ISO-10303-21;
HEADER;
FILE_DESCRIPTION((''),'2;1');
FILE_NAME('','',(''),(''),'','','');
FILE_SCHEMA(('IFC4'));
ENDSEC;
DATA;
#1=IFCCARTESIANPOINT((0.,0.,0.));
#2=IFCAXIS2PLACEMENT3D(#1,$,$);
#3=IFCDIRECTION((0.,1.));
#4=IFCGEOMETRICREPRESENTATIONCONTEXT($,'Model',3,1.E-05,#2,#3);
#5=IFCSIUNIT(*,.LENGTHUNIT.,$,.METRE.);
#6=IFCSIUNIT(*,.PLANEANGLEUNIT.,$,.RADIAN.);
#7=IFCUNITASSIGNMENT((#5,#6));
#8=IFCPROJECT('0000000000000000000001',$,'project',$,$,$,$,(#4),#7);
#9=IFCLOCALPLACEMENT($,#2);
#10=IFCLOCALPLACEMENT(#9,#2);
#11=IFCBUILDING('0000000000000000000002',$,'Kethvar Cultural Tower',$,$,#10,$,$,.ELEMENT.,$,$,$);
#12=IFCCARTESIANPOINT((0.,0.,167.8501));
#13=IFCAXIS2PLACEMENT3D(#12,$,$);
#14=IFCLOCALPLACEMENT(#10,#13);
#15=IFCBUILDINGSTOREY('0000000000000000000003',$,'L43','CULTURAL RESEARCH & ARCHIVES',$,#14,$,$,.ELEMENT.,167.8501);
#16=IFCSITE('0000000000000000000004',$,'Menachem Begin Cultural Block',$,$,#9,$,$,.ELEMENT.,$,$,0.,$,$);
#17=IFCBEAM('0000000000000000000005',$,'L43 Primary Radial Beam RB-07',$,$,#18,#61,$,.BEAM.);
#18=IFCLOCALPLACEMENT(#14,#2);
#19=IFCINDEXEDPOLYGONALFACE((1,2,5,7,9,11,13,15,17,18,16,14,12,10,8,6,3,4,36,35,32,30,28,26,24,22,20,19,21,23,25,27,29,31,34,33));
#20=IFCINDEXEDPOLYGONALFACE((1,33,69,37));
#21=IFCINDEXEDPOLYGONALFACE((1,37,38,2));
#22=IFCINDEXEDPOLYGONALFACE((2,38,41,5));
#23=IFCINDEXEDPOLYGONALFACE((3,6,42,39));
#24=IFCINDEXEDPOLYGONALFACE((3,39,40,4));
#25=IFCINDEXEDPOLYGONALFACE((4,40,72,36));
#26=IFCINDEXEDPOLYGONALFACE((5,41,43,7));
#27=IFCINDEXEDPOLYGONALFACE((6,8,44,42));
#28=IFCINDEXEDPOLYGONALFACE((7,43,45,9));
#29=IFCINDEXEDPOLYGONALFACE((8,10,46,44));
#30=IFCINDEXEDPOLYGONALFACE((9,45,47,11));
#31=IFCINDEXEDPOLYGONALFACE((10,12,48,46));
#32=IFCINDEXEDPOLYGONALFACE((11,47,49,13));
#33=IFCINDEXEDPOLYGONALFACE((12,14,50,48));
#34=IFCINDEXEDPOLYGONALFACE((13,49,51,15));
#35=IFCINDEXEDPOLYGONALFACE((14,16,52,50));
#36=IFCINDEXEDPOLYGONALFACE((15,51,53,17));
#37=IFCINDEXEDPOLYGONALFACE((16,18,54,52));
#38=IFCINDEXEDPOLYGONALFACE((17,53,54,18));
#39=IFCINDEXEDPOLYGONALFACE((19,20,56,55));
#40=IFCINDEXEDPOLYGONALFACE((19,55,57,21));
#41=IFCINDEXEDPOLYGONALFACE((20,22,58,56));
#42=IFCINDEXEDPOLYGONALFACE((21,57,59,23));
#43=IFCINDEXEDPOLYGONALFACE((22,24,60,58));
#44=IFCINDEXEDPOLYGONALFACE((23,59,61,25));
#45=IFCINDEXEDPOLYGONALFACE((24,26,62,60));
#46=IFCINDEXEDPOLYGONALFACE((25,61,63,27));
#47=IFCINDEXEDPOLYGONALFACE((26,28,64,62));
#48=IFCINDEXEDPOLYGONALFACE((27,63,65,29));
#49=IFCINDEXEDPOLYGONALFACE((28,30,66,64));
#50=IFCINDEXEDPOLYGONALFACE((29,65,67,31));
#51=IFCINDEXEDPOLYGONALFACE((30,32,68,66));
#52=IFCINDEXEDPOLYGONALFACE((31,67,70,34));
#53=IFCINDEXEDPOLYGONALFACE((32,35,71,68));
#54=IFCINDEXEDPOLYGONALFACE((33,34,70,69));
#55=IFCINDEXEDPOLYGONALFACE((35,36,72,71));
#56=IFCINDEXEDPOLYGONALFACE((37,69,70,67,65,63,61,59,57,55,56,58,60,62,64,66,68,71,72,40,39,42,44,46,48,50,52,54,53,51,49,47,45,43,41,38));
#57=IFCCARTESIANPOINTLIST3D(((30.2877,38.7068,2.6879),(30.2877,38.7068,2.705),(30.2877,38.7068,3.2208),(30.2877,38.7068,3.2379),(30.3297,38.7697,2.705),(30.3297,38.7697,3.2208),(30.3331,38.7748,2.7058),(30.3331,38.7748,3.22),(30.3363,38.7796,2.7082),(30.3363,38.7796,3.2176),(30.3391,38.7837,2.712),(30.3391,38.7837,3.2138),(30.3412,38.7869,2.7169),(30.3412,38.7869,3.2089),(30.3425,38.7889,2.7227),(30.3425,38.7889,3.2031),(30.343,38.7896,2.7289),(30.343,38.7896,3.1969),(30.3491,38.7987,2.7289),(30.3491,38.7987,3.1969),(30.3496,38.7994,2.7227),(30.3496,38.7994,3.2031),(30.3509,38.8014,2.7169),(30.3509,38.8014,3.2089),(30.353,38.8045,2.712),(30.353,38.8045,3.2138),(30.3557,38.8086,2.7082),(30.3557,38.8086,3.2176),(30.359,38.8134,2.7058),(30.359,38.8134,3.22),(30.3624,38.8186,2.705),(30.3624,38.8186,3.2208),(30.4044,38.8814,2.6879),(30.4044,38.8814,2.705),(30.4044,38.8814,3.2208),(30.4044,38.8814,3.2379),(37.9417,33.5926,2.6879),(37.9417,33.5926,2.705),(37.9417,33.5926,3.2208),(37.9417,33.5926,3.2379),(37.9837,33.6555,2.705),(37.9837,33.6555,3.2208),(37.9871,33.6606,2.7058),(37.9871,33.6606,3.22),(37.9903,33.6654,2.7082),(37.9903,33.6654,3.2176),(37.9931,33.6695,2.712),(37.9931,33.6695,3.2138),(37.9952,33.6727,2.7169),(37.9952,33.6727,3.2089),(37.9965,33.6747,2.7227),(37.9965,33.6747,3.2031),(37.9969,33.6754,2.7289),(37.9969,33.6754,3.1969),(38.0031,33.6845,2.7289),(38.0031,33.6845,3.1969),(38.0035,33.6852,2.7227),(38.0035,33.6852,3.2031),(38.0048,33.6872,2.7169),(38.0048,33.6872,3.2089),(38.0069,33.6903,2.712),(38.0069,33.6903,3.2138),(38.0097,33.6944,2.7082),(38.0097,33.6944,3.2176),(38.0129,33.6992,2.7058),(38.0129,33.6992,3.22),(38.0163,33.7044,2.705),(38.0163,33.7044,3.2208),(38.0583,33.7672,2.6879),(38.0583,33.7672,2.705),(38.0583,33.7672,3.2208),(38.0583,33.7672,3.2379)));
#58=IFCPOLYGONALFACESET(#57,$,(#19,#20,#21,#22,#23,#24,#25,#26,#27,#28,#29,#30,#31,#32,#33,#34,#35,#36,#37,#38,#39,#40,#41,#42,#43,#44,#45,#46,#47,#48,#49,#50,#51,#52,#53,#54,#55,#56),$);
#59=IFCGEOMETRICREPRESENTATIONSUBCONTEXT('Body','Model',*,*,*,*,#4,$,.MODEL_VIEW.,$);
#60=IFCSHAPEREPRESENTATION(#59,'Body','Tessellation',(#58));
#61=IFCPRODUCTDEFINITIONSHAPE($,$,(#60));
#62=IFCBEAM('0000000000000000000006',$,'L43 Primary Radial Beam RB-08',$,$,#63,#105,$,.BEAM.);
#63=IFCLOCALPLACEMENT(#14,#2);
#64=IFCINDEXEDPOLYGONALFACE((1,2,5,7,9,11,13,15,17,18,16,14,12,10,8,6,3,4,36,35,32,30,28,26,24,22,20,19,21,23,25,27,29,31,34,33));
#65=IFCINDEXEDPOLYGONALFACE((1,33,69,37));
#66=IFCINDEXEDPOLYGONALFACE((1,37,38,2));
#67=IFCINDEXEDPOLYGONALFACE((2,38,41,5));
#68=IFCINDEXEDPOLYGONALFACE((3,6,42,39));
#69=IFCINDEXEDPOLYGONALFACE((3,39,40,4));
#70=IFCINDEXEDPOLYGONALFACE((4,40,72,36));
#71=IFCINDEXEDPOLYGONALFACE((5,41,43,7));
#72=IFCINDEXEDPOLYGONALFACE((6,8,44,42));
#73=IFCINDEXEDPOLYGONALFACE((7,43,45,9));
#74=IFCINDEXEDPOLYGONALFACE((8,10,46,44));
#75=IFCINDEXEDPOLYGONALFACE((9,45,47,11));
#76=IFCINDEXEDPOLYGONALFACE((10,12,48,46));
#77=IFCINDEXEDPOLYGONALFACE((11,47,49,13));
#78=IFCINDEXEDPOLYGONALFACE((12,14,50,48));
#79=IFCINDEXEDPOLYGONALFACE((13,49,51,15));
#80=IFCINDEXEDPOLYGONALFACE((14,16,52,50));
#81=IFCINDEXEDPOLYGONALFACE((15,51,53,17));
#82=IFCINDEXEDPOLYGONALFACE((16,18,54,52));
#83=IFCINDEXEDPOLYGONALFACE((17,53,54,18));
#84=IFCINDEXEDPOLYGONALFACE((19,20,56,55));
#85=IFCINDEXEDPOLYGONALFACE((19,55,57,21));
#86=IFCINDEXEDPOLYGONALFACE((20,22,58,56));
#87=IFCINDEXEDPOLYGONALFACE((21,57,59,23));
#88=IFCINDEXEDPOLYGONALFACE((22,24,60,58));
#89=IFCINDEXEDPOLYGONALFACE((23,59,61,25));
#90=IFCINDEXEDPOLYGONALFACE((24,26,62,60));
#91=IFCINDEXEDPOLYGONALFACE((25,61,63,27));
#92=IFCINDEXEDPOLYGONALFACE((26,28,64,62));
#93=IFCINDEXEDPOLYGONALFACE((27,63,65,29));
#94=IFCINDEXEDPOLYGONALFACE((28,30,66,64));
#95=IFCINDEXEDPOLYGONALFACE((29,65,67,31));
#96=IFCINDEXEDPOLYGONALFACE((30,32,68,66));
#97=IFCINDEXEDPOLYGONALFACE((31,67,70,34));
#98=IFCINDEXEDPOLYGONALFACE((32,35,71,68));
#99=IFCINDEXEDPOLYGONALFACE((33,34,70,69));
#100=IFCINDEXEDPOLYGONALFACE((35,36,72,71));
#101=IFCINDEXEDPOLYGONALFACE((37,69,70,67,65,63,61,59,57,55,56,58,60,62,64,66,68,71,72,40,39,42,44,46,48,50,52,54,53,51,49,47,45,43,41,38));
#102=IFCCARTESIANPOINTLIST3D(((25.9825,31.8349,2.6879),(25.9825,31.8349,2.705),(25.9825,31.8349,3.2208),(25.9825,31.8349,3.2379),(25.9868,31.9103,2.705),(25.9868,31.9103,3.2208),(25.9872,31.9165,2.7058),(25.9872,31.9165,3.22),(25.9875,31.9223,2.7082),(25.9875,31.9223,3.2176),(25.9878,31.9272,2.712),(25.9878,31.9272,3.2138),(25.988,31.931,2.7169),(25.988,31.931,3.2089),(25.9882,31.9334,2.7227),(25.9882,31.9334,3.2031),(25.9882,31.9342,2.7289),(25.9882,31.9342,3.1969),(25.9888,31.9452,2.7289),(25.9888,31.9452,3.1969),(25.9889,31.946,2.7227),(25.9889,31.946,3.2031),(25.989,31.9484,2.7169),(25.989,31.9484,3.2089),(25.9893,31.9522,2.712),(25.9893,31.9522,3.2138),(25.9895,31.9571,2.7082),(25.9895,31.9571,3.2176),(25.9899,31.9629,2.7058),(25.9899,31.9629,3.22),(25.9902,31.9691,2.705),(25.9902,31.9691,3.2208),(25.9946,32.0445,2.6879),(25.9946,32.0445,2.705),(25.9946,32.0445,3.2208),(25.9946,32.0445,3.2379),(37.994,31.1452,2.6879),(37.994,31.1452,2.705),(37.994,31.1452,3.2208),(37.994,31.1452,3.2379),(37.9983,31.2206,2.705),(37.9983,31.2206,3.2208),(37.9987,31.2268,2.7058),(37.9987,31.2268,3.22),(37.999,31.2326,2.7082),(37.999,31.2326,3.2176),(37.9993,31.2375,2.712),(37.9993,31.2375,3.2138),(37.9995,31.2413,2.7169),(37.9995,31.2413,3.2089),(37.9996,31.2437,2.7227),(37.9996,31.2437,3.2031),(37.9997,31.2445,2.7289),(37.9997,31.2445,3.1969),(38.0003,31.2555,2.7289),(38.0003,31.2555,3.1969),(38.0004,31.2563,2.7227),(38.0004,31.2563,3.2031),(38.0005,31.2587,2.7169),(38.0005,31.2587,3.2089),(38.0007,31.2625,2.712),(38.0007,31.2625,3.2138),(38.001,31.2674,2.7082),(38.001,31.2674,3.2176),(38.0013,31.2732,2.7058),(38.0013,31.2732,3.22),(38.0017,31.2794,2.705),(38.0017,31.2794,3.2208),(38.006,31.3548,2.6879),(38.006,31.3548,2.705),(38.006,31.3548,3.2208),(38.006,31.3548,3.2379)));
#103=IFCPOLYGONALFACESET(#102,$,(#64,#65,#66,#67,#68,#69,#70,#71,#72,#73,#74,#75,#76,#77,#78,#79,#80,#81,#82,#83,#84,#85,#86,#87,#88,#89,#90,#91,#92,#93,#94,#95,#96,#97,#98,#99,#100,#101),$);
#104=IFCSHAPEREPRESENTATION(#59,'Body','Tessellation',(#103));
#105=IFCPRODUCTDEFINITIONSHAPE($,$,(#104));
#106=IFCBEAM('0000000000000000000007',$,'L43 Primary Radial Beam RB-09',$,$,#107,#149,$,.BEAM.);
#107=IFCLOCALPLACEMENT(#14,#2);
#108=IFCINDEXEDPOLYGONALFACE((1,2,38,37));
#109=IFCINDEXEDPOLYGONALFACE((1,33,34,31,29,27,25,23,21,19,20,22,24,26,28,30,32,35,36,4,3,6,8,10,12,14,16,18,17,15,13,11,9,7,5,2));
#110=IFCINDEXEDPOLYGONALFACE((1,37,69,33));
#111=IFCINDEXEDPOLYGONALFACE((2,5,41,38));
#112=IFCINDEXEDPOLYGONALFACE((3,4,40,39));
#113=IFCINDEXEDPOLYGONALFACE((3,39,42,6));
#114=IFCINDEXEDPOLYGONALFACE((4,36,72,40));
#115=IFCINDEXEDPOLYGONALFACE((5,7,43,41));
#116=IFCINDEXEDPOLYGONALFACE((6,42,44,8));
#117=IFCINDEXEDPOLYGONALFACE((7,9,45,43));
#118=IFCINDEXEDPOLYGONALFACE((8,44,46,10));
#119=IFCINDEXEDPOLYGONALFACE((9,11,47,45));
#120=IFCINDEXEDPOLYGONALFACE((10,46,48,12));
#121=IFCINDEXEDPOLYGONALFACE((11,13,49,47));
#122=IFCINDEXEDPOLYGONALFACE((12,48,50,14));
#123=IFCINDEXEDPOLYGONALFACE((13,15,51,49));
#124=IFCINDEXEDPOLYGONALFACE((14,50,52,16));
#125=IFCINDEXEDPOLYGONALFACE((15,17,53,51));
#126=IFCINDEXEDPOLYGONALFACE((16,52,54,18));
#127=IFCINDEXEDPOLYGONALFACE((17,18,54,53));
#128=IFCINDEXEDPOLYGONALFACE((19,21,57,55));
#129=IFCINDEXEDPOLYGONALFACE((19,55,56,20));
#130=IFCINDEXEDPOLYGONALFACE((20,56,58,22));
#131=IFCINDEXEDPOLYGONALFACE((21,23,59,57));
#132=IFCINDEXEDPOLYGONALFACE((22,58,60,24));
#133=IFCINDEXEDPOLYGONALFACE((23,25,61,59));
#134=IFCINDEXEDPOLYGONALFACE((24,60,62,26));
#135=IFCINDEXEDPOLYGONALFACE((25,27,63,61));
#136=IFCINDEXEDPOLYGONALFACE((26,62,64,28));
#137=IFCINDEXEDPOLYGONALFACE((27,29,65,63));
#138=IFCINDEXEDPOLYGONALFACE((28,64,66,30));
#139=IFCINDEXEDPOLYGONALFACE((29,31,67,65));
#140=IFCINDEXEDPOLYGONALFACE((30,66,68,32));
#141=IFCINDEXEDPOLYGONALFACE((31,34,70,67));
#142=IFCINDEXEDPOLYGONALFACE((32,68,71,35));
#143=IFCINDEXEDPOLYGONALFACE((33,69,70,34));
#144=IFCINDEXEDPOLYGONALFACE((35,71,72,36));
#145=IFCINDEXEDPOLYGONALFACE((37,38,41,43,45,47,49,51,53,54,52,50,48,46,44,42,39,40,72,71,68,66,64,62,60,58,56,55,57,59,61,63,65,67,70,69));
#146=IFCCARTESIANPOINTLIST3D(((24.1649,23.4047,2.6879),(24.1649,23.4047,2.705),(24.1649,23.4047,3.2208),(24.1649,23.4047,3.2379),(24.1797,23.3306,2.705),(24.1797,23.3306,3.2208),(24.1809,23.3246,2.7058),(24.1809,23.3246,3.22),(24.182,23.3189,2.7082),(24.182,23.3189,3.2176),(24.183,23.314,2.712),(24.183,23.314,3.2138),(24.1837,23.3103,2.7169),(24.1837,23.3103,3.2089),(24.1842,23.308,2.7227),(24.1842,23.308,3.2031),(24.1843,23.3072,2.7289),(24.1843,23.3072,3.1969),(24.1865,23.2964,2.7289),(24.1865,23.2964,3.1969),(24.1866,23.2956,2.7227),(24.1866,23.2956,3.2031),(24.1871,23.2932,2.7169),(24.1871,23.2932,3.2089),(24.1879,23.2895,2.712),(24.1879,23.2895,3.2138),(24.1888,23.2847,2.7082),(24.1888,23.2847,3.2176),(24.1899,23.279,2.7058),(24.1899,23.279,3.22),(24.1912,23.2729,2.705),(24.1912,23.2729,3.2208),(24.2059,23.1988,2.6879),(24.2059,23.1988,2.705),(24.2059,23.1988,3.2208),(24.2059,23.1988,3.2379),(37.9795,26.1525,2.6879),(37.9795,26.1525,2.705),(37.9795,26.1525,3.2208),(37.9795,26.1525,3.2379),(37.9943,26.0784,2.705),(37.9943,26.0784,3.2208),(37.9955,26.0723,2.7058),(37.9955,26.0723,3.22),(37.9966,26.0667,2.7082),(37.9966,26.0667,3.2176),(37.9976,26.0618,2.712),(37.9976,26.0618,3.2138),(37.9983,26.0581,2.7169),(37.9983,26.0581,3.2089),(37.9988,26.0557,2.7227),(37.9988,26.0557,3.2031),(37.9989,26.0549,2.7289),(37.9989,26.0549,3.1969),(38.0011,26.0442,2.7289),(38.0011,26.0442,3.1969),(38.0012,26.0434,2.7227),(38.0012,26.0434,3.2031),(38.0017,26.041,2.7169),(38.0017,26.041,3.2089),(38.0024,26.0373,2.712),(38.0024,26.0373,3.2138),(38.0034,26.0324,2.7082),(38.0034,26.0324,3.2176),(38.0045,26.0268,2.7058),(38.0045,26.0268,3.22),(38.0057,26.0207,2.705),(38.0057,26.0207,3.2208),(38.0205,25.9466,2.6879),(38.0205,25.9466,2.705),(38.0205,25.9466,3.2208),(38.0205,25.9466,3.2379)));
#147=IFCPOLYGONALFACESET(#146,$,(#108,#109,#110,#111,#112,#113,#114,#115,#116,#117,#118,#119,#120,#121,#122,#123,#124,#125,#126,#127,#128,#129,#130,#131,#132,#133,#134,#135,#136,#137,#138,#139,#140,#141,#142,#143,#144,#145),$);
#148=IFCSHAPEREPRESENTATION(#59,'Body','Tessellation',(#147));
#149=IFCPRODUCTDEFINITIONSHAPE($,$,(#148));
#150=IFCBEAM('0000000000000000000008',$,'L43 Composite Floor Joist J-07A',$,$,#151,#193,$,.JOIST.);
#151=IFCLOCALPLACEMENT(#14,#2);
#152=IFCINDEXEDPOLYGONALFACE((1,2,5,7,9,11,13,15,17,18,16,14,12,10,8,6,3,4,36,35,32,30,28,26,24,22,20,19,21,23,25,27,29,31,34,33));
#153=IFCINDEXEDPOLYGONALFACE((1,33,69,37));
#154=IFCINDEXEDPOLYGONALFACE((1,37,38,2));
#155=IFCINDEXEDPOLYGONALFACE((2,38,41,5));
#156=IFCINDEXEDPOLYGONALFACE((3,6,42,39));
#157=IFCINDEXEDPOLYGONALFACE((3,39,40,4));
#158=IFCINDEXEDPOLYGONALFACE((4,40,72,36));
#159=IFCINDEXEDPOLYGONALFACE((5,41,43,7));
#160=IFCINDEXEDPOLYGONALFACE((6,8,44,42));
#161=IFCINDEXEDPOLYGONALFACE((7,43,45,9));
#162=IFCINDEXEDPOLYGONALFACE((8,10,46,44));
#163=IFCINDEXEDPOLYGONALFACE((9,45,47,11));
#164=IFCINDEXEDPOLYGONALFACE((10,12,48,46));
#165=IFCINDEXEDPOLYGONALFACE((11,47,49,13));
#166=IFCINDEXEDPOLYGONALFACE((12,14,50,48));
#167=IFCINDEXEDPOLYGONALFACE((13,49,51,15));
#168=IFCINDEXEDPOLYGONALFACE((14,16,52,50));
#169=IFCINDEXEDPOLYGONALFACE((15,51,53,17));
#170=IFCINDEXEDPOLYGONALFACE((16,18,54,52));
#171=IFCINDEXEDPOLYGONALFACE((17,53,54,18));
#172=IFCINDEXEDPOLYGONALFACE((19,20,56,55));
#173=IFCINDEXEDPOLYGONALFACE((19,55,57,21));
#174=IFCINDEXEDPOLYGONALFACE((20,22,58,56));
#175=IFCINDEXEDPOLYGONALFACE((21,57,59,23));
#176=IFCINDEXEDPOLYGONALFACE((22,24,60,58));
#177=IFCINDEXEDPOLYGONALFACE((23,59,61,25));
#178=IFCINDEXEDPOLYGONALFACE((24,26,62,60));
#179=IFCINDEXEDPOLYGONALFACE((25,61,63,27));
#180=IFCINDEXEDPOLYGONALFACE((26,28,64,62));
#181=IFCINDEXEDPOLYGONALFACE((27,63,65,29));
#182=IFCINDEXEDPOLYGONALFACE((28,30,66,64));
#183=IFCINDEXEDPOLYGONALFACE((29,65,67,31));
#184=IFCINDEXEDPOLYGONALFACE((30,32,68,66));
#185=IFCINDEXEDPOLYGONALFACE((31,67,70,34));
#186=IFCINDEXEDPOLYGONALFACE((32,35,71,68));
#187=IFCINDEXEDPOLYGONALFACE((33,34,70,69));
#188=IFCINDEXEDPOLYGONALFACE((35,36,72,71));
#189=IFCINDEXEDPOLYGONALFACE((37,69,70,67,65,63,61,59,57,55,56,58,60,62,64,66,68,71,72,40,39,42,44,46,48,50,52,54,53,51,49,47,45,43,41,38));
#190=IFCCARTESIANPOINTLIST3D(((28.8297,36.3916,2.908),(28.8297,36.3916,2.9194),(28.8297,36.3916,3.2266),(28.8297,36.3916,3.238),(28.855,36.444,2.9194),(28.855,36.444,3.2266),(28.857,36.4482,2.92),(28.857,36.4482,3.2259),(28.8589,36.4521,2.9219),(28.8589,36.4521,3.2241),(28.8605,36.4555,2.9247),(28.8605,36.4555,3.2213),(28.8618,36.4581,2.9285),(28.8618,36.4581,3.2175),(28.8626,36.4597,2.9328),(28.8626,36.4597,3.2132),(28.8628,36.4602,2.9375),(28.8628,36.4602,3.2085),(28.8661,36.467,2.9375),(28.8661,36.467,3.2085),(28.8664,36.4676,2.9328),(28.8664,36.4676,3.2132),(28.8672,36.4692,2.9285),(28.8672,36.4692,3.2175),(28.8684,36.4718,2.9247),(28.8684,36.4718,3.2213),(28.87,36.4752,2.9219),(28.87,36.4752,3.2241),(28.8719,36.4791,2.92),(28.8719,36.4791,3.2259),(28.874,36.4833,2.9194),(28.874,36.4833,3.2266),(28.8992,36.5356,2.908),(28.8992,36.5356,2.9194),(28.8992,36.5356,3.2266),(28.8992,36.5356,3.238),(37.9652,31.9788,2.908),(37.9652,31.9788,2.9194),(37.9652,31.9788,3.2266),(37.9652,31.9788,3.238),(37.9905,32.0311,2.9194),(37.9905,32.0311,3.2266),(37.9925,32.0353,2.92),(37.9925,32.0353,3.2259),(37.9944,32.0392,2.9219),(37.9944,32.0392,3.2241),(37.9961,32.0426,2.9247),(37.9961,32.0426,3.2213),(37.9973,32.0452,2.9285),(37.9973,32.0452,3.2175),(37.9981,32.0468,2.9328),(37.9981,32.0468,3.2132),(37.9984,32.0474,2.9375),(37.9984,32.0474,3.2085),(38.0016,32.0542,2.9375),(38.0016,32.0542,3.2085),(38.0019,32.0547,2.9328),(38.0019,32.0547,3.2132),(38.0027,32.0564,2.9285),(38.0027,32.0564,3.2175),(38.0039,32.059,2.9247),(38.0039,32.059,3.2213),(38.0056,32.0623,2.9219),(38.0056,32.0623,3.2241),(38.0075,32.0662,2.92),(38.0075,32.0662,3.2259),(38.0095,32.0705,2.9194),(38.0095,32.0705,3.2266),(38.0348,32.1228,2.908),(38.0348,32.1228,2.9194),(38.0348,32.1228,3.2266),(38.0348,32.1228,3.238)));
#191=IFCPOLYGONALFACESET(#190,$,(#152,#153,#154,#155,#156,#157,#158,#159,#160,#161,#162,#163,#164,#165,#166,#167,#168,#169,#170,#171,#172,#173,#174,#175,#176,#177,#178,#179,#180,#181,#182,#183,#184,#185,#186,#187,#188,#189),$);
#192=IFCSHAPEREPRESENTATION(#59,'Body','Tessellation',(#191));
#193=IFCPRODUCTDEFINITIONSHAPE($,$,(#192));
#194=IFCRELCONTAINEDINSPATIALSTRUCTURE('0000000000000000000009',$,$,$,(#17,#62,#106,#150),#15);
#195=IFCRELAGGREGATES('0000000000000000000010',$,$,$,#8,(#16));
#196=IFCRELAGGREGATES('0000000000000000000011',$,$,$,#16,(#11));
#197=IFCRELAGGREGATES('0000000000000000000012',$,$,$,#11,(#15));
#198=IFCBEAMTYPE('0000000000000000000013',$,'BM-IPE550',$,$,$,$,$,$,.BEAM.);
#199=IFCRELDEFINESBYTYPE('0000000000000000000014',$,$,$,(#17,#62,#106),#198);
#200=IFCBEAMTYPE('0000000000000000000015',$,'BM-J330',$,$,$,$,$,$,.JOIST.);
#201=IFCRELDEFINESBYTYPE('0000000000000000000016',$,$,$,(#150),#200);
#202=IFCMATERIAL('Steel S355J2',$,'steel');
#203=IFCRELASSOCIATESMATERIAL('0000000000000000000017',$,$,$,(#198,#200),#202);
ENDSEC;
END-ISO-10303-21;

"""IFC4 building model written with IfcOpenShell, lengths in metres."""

from ifc_helpers import new_model, si_unit, direction, frame, origin, origin_2d, place, context, subcontext, project, spatial, i_section, extrude, source, transform, mapped, material, material_profile, profile_set, type_object, element, save


model = new_model("IFC4")

# Units and contexts
model_context = context("Model", 3, precision=1e-05, world=origin(), true_north=direction((0.0, 1.0)))
body_context = subcontext(model_context, "Body", "Model", "MODEL_VIEW")
ifc_project = project(units=[si_unit("LENGTHUNIT", "METRE"), si_unit("PLANEANGLEUNIT", "RADIAN")], contexts=[model_context])

# Site, building, storey
site_placement = place(None, origin())
site = spatial("IfcSite", under=ifc_project, at=site_placement, Name="Menachem Begin Cultural Block", CompositionType="ELEMENT", RefElevation=0.0)
building_placement = place(site_placement, origin())
building = spatial("IfcBuilding", under=site, at=building_placement, Name="Kethvar Cultural Tower", CompositionType="ELEMENT")
storey_placement = place(building_placement, frame((0.0, 0.0, 167.8501)))
storey = spatial("IfcBuildingStorey", under=building, at=storey_placement, Name="L43", Description="CULTURAL RESEARCH & ARCHIVES", CompositionType="ELEMENT", Elevation=167.8501)

# Beams
ifc_material_1 = material(Name="Steel S355J2", Category="steel")
ifc_material_profile_1 = material_profile(ifc_material_1, i_section(OverallWidth=0.21, OverallDepth=0.55, WebThickness=0.011, FlangeThickness=0.0171, FilletRadius=0.0239, at=origin_2d()), Name="Steel S355J2 — IPE550")
ifc_profile_set_1 = profile_set([ifc_material_profile_1], Name="Steel S355J2 — IPE550")
beam_type_1 = type_object("IfcBeamType", Name="BM-IPE550", PredefinedType="BEAM", material=ifc_profile_set_1)
shared_shape_1 = source(origin(), body_context, "Body", "SweptSolid", [
    extrude(i_section(OverallWidth=0.21, OverallDepth=0.55, WebThickness=0.011, FlangeThickness=0.0171, FilletRadius=0.0239, at=origin_2d()), origin(), (0.0, 0.0, 1.0), 9.2053),
])
beam_1_placement = place(storey_placement, frame((38.0, 33.6799, 2.9629), z_axis=(-0.83147, 0.555569, 0.0), x_axis=(-0.555569, -0.83147, 0.0)))
element("IfcBeam", 1, at=beam_1_placement, inside=storey, type_object=beam_type_1, Name="L43 Primary Radial Beam RB-07", PredefinedType="BEAM", context=body_context, shape_type="MappedRepresentation", body=[
    mapped(shared_shape_1, transform((0.0, 0.0, 0.0), scale=1.0)),
])
shared_shape_2 = source(origin(), body_context, "Body", "SweptSolid", [
    extrude(i_section(OverallWidth=0.21, OverallDepth=0.55, WebThickness=0.011, FlangeThickness=0.0171, FilletRadius=0.0239, at=origin_2d()), origin(), (0.0, 0.0, 1.0), 12.0312),
])
beam_2_placement = place(storey_placement, frame((38.0, 31.25, 2.9629), z_axis=(-0.998356, 0.057325, 0.0), x_axis=(-0.057325, -0.998356, 0.0)))
element("IfcBeam", 2, at=beam_2_placement, inside=storey, type_object=beam_type_1, Name="L43 Primary Radial Beam RB-08", PredefinedType="BEAM", context=body_context, shape_type="MappedRepresentation", body=[
    mapped(shared_shape_2, transform((0.0, 0.0, 0.0), scale=1.0)),
])
shared_shape_3 = source(origin(), body_context, "Body", "SweptSolid", [
    extrude(i_section(OverallWidth=0.21, OverallDepth=0.55, WebThickness=0.011, FlangeThickness=0.0171, FilletRadius=0.0239, at=origin_2d()), origin(), (0.0, 0.0, 1.0), 14.0852),
])
beam_3_placement = place(storey_placement, frame((38.0, 26.0496, 2.9629), z_axis=(-0.980787, -0.195083, 0.0), x_axis=(0.195083, -0.980787, 0.0)))
element("IfcBeam", 3, at=beam_3_placement, inside=storey, type_object=beam_type_1, Name="L43 Primary Radial Beam RB-09", PredefinedType="BEAM", context=body_context, shape_type="MappedRepresentation", body=[
    mapped(shared_shape_3, transform((0.0, 0.0, 0.0), scale=1.0)),
])
ifc_material_profile_2 = material_profile(ifc_material_1, i_section(OverallWidth=0.1599, OverallDepth=0.3301, WebThickness=0.0076, FlangeThickness=0.0115, FilletRadius=0.0181, at=origin_2d()), Name="Steel S355J2 — IPE330")
ifc_profile_set_2 = profile_set([ifc_material_profile_2], Name="Steel S355J2 — IPE330")
beam_type_2 = type_object("IfcBeamType", Name="BM-J330", PredefinedType="JOIST", material=ifc_profile_set_2)
shared_shape_4 = source(origin(), body_context, "Body", "SweptSolid", [
    extrude(i_section(OverallWidth=0.1599, OverallDepth=0.3301, WebThickness=0.0076, FlangeThickness=0.0115, FilletRadius=0.0181, at=origin_2d()), origin(), (0.0, 0.0, 1.0), 10.1455),
])
beam_4_placement = place(storey_placement, frame((38.0, 32.0508, 3.073), z_axis=(-0.900451, 0.434957, 0.0), x_axis=(-0.434957, -0.900451, 0.0)))
element("IfcBeam", 4, at=beam_4_placement, inside=storey, type_object=beam_type_2, Name="L43 Composite Floor Joist J-07A", PredefinedType="JOIST", context=body_context, shape_type="MappedRepresentation", body=[
    mapped(shared_shape_4, transform((0.0, 0.0, 0.0), scale=1.0)),
])

save(model, "model.ifc")
